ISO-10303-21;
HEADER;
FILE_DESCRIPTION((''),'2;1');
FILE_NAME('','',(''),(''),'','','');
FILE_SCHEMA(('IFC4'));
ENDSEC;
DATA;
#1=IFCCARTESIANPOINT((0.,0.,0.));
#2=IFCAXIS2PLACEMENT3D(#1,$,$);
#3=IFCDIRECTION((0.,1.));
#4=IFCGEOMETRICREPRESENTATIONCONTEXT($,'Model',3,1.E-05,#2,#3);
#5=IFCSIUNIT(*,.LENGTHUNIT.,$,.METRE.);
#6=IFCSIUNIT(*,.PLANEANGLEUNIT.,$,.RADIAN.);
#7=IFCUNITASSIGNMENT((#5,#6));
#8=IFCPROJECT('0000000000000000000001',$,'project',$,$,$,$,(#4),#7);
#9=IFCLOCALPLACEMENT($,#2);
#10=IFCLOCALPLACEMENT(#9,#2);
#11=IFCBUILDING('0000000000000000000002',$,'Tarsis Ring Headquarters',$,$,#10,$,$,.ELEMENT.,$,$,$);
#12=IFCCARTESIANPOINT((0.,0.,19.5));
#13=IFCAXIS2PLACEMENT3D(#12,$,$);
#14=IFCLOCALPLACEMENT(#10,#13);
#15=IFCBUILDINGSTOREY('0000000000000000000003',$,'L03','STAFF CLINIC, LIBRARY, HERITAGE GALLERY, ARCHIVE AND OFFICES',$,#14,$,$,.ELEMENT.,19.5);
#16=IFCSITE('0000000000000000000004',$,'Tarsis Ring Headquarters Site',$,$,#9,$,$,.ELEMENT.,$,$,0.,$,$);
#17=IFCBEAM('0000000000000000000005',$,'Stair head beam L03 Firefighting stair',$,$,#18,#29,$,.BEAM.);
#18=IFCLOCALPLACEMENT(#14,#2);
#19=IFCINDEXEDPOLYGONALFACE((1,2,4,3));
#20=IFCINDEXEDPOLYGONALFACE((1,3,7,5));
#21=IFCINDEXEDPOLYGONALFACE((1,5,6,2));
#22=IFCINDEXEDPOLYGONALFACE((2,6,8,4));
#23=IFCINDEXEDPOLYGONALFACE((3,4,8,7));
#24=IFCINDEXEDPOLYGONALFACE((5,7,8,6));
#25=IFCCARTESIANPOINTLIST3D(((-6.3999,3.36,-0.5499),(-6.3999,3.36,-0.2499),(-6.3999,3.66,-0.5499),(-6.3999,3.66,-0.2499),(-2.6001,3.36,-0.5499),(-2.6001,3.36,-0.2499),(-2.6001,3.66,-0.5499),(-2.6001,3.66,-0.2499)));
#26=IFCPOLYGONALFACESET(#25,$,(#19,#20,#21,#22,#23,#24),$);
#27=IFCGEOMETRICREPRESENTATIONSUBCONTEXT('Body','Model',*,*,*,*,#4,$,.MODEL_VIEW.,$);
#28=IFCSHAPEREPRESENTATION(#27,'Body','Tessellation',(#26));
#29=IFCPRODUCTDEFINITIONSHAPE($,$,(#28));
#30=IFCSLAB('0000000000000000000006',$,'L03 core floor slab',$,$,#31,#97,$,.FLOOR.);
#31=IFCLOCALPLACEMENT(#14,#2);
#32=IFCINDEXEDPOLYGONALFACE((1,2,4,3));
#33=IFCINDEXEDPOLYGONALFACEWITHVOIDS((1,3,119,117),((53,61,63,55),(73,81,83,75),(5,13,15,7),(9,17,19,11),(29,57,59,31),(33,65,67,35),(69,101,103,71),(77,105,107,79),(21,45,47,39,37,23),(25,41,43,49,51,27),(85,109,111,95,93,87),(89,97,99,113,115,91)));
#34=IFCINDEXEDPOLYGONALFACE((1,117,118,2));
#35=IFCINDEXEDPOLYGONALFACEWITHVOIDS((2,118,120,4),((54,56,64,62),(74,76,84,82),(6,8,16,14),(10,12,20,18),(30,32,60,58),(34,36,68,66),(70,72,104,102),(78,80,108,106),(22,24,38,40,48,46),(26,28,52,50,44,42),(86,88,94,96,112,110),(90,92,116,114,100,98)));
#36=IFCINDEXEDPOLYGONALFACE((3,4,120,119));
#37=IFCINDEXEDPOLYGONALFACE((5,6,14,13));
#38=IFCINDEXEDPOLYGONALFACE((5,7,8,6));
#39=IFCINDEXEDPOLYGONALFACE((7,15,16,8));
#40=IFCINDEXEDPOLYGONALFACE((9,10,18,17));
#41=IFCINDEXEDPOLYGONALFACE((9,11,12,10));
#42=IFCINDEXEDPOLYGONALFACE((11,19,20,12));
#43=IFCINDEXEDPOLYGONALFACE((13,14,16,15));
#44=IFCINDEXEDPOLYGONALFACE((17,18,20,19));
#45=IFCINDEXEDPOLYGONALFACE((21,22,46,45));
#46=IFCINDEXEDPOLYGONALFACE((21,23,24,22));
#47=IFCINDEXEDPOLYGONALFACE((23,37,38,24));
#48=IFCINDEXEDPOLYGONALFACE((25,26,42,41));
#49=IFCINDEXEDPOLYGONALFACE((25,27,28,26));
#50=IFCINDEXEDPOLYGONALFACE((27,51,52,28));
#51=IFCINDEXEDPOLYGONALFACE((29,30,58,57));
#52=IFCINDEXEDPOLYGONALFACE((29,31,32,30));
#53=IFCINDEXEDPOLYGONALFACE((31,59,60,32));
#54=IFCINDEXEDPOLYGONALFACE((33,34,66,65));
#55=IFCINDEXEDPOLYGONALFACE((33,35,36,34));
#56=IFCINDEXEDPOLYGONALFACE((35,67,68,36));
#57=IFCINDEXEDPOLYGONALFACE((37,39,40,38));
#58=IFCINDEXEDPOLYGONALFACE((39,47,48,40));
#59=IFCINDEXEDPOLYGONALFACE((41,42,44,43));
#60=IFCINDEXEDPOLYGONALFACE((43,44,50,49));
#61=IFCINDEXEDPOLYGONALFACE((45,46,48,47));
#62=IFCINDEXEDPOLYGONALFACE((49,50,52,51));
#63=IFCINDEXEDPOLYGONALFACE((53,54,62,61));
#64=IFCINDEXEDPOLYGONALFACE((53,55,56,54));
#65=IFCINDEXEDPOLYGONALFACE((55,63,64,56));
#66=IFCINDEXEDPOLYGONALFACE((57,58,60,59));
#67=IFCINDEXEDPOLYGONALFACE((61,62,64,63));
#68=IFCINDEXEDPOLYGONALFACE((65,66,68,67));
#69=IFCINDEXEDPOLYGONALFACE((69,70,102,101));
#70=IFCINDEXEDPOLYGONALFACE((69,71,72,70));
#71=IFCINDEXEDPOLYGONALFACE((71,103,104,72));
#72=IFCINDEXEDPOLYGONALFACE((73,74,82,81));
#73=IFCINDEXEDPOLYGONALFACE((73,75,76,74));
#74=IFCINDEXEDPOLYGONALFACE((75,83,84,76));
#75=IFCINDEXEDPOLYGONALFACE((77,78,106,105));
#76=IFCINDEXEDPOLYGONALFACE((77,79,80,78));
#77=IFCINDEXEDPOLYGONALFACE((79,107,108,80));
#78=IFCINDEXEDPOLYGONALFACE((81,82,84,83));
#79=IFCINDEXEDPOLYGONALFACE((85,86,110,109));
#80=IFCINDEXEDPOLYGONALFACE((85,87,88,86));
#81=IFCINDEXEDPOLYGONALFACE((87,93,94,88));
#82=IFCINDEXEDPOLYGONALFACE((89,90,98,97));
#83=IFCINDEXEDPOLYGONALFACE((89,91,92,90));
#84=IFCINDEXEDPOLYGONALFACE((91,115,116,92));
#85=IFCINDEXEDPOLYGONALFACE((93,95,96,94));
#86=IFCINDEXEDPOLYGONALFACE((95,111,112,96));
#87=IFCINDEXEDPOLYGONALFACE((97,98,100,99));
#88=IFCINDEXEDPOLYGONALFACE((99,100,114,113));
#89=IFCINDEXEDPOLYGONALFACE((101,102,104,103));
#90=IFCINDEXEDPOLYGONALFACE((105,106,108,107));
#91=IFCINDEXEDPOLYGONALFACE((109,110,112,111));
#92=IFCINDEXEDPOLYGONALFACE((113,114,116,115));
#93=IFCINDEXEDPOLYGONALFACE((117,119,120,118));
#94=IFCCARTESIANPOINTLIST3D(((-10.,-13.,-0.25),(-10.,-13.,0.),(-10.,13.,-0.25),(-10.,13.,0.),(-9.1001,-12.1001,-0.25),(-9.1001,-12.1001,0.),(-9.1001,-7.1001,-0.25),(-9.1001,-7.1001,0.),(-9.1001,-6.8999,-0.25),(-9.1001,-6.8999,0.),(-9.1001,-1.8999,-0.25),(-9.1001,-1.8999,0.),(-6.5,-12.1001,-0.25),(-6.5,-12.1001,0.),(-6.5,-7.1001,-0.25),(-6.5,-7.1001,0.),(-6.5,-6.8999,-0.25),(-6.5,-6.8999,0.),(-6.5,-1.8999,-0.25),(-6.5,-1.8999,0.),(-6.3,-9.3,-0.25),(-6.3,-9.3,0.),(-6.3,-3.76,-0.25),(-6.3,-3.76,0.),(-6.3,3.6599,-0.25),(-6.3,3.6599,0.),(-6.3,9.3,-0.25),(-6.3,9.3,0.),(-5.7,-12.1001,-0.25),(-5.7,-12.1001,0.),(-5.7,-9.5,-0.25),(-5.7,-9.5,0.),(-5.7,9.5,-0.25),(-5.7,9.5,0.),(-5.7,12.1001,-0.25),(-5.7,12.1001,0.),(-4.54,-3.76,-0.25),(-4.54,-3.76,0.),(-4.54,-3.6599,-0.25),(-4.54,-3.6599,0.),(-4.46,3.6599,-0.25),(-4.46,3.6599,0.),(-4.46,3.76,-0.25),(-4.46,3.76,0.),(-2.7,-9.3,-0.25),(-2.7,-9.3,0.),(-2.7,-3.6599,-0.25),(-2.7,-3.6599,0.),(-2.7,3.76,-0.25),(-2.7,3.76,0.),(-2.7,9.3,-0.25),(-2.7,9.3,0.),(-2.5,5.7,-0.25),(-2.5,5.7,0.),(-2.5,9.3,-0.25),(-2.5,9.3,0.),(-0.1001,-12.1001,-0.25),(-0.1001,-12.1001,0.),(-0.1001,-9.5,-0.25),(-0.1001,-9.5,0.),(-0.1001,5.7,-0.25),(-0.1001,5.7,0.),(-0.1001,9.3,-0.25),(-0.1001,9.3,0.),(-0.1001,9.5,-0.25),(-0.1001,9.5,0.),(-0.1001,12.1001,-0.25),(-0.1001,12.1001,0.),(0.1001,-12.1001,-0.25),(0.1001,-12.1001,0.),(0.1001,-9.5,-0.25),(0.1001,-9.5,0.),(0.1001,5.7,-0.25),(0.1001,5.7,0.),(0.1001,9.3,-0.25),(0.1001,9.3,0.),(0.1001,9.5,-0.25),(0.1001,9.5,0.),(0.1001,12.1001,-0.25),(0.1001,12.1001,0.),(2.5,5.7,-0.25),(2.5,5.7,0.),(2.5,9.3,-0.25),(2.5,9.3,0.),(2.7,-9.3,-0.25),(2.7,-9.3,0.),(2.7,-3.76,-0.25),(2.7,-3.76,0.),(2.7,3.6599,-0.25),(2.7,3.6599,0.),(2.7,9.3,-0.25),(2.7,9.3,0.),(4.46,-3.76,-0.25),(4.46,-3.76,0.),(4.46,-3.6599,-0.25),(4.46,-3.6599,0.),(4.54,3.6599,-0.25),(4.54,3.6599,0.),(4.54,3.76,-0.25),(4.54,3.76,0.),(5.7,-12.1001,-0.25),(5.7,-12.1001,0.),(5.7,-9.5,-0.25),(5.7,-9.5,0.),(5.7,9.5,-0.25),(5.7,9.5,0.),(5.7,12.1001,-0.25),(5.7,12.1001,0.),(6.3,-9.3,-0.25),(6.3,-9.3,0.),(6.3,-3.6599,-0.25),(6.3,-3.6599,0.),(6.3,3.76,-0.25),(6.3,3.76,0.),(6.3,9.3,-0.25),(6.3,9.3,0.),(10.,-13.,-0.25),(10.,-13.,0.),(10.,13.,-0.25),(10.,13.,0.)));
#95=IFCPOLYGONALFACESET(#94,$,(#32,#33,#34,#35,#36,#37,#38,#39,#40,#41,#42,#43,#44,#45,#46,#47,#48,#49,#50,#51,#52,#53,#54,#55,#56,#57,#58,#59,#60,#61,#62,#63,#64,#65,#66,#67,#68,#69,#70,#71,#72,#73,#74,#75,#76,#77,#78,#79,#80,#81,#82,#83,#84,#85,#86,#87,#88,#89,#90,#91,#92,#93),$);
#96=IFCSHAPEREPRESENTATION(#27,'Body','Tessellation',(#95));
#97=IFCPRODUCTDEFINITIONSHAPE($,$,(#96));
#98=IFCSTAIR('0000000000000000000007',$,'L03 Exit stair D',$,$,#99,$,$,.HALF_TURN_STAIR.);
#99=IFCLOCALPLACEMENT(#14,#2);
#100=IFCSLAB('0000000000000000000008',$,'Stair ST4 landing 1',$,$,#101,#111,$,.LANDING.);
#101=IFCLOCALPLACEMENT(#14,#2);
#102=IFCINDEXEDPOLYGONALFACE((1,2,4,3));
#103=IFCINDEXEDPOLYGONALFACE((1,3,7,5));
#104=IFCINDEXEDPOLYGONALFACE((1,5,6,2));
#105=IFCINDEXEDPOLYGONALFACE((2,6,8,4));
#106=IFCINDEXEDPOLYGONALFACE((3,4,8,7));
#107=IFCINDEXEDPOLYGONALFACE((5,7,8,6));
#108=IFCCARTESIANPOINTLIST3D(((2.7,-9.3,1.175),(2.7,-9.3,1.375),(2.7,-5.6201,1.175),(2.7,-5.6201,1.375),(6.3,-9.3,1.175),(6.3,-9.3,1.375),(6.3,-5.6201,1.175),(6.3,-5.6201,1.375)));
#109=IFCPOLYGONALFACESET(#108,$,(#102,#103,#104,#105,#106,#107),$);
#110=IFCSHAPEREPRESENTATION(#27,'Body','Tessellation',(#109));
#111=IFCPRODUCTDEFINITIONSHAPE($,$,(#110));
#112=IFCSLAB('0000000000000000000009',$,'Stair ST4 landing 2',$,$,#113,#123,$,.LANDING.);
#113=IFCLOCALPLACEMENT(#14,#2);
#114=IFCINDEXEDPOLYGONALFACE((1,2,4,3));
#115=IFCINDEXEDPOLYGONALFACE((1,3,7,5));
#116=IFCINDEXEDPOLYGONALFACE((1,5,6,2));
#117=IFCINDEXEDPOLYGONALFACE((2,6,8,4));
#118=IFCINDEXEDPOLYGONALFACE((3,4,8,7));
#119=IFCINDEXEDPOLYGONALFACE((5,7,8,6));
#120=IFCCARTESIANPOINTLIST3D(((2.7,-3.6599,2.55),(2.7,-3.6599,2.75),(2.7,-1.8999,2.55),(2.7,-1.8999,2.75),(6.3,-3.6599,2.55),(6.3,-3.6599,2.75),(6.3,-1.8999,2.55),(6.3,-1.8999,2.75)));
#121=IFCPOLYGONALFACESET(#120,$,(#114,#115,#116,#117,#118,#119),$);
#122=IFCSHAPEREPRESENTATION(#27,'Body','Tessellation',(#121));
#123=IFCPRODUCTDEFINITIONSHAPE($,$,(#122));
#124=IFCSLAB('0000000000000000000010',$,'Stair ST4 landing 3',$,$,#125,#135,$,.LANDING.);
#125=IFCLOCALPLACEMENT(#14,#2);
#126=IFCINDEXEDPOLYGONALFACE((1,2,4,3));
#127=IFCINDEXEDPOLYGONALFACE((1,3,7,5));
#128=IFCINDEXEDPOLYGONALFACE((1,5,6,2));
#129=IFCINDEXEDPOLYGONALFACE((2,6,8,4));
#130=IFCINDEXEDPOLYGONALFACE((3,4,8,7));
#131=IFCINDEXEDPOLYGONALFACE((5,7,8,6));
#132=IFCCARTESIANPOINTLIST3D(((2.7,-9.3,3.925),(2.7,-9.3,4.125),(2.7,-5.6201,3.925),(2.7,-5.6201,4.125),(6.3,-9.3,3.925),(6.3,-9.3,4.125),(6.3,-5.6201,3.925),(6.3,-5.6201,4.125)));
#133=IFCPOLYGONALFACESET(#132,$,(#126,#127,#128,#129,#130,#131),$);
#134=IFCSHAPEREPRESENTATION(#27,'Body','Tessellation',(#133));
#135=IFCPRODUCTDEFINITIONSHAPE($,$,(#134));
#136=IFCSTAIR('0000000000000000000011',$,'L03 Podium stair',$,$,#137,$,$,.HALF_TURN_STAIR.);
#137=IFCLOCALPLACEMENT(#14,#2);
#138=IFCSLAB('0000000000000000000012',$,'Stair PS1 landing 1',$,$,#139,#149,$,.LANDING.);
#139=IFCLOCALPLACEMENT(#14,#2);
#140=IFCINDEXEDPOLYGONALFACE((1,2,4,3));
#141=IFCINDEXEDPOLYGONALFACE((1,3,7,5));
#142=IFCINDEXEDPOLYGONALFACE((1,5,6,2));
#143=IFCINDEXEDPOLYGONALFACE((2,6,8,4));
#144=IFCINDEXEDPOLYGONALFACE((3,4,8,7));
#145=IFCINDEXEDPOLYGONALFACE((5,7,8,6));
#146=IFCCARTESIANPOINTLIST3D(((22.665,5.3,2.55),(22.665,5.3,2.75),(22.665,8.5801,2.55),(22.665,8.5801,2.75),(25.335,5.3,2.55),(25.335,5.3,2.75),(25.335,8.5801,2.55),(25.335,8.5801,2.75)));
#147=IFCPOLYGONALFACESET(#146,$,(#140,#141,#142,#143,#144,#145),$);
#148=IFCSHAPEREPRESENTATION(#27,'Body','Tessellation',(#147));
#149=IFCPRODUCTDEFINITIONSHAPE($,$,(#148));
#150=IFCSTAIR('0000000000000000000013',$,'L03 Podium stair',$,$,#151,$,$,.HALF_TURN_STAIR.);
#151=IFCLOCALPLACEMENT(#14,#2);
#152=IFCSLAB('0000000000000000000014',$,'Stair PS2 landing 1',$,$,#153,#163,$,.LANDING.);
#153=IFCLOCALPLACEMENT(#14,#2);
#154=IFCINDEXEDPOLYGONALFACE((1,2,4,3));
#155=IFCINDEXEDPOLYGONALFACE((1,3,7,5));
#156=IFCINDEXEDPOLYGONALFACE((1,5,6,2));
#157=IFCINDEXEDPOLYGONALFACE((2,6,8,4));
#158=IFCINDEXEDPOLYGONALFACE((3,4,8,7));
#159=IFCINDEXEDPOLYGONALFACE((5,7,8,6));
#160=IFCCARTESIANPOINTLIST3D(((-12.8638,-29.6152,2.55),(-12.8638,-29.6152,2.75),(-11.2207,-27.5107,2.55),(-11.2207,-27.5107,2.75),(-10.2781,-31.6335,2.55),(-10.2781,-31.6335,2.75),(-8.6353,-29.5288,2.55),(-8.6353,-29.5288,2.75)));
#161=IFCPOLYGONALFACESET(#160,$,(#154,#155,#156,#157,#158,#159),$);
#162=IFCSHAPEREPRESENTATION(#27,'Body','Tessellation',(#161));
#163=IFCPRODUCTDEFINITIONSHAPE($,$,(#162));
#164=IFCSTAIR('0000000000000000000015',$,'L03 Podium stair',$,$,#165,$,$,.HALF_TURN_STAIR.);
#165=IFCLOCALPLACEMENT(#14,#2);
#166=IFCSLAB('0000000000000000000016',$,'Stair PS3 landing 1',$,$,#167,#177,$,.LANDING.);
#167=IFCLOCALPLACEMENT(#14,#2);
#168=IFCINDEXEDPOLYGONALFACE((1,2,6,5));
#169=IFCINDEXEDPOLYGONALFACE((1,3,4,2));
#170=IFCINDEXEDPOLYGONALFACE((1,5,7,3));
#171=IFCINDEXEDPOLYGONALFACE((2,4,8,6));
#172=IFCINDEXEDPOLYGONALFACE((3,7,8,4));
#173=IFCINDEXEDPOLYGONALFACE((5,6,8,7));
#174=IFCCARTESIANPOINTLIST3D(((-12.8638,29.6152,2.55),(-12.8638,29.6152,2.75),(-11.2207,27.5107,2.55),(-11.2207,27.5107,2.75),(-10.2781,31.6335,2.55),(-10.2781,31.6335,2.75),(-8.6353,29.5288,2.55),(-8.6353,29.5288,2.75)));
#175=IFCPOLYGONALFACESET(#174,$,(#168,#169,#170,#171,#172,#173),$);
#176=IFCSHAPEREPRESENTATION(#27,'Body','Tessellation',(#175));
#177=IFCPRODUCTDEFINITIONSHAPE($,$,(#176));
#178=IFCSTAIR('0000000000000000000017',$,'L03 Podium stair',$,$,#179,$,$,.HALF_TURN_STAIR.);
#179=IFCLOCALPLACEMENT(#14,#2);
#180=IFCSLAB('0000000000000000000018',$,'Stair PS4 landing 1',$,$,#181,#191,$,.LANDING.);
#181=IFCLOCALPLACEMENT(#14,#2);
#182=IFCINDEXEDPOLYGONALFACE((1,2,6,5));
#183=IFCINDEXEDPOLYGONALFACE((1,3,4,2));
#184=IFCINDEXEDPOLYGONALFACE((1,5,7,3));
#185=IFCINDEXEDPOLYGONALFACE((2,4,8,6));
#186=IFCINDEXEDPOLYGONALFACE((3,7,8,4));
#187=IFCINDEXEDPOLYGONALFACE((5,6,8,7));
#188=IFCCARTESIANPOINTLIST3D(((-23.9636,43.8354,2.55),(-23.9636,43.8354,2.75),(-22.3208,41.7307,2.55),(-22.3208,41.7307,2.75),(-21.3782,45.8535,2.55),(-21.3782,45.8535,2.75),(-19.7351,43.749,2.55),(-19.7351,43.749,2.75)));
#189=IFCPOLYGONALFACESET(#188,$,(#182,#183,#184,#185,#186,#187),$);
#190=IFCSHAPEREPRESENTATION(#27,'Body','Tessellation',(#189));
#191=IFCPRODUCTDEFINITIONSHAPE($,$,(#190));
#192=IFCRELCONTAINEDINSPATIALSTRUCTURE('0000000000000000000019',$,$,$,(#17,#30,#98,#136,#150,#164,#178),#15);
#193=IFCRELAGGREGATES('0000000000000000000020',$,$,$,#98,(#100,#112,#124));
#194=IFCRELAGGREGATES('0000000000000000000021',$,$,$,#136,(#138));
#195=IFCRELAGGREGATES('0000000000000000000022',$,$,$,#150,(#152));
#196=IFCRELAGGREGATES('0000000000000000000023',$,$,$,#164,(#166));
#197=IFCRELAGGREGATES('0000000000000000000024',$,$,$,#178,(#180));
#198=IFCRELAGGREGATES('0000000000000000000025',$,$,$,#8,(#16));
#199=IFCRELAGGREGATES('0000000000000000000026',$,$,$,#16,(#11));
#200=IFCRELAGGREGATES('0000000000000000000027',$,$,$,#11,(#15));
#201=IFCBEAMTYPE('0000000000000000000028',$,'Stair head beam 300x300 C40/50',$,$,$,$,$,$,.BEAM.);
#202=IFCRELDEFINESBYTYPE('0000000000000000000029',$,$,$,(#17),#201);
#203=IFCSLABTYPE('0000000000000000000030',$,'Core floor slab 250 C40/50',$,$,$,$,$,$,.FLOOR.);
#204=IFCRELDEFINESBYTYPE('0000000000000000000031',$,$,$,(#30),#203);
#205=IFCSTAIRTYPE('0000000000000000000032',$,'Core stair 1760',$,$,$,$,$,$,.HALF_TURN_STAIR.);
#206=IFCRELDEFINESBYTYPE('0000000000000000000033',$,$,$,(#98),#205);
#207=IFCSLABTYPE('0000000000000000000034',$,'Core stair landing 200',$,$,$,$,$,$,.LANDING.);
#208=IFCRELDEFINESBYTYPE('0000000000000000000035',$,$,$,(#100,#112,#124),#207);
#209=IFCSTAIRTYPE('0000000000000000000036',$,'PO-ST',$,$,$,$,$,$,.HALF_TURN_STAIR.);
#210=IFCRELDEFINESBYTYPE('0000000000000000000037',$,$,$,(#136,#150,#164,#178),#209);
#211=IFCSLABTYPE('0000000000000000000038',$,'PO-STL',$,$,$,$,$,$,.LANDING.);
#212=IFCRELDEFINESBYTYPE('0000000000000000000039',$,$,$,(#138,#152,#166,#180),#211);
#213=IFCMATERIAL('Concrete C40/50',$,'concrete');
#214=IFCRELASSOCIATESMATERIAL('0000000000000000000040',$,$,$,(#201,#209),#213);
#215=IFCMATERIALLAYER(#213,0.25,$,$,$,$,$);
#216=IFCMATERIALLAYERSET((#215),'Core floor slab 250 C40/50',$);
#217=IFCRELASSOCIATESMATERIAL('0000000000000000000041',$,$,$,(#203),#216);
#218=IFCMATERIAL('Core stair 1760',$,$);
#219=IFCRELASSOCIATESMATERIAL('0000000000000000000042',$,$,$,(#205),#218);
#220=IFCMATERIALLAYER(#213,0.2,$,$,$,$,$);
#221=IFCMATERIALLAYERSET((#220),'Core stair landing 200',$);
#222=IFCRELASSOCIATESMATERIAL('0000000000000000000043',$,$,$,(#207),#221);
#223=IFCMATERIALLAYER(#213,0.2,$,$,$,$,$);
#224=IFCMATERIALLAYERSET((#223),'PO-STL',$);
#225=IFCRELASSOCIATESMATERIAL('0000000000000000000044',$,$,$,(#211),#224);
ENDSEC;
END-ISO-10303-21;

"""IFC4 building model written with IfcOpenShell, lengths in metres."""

from ifc_helpers import new_model, si_unit, direction, frame, origin, origin_2d, place, context, subcontext, project, spatial, polyline, rectangle, outline, extrude, material, layer, layer_set, material_profile, profile_set, type_object, element, aggregate, save


model = new_model("IFC4")

# Units and contexts
model_context = context("Model", 3, precision=1e-05, world=origin(), true_north=direction((0.0, 1.0)))
body_context = subcontext(model_context, "Body", "Model", "MODEL_VIEW")
ifc_project = project(units=[si_unit("LENGTHUNIT", "METRE"), si_unit("PLANEANGLEUNIT", "RADIAN")], contexts=[model_context])

# Site, building, storey
site_placement = place(None, origin())
site = spatial("IfcSite", under=ifc_project, at=site_placement, Name="Tarsis Ring Headquarters Site", CompositionType="ELEMENT", RefElevation=0.0)
building_placement = place(site_placement, origin())
building = spatial("IfcBuilding", under=site, at=building_placement, Name="Tarsis Ring Headquarters", CompositionType="ELEMENT")
storey_placement = place(building_placement, frame((0.0, 0.0, 19.5)))
storey = spatial("IfcBuildingStorey", under=building, at=storey_placement, Name="L03", Description="STAFF CLINIC, LIBRARY, HERITAGE GALLERY, ARCHIVE AND OFFICES", CompositionType="ELEMENT", Elevation=19.5)

# Beam
ifc_material_1 = material(Name="Concrete C40/50", Category="concrete")
ifc_material_profile = material_profile(ifc_material_1, rectangle(XDim=0.3, YDim=0.3, at=origin_2d()), Name="Stair head beam 300x300 C40/50")
ifc_profile_set = profile_set([ifc_material_profile], Name="Concrete C40/50")
beam_type = type_object("IfcBeamType", Name="Stair head beam 300x300 C40/50", PredefinedType="BEAM", material=ifc_profile_set)
beam_placement = place(storey_placement, frame((-6.3999, 3.51, -0.3999), z_axis=(1.0, 0.0, 0.0), x_axis=(0.0, 1.0, 0.0)))
element("IfcBeam", 1, at=beam_placement, inside=storey, type_object=beam_type, Name="Stair head beam L03 Firefighting stair", PredefinedType="BEAM", context=body_context, shape_type="SweptSolid", body=[
    extrude(rectangle(XDim=0.3, YDim=0.3, at=origin_2d()), origin(), (0.0, 0.0, 1.0), 3.7998),
])

# Slab
ifc_layer_1 = layer(ifc_material_1, 0.25)
ifc_layer_set_1 = layer_set([ifc_layer_1], Name="Core floor slab 250 C40/50")
slab_type_1 = type_object("IfcSlabType", Name="Core floor slab 250 C40/50", PredefinedType="FLOOR", material=ifc_layer_set_1)
slab_1_placement = place(storey_placement, frame((0.0, 0.0, -0.25)))
element("IfcSlab", 2, at=slab_1_placement, inside=storey, type_object=slab_type_1, Name="L03 core floor slab", PredefinedType="FLOOR", context=body_context, shape_type="SweptSolid", body=[
    extrude(outline(polyline([(-10.0, -13.0), (10.0, -13.0), (10.0, 13.0), (-10.0, 13.0), (-10.0, -13.0)]), holes=[polyline([(-2.5, 5.7), (-0.1001, 5.7), (-0.1001, 9.3), (-2.5, 9.3), (-2.5, 5.7)]), polyline([(0.1001, 5.7), (2.5, 5.7), (2.5, 9.3), (0.1001, 9.3), (0.1001, 5.7)]), polyline([(-9.1001, -12.1001), (-6.5, -12.1001), (-6.5, -7.1001), (-9.1001, -7.1001), (-9.1001, -12.1001)]), polyline([(-9.1001, -6.8999), (-6.5, -6.8999), (-6.5, -1.8999), (-9.1001, -1.8999), (-9.1001, -6.8999)]), polyline([(-5.7, 9.5), (-0.1001, 9.5), (-0.1001, 12.1001), (-5.7, 12.1001), (-5.7, 9.5)]), polyline([(0.1001, 9.5), (5.7, 9.5), (5.7, 12.1001), (0.1001, 12.1001), (0.1001, 9.5)]), polyline([(-5.7, -12.1001), (-0.1001, -12.1001), (-0.1001, -9.5), (-5.7, -9.5), (-5.7, -12.1001)]), polyline([(0.1001, -12.1001), (5.7, -12.1001), (5.7, -9.5), (0.1001, -9.5), (0.1001, -12.1001)]), polyline([(-2.7, 3.76), (-2.7, 9.3), (-6.3, 9.3), (-6.3, 3.6599), (-4.46, 3.6599), (-4.46, 3.76), (-2.7, 3.76)]), polyline([(6.3, 3.76), (6.3, 9.3), (2.7, 9.3), (2.7, 3.6599), (4.54, 3.6599), (4.54, 3.76), (6.3, 3.76)]), polyline([(-6.3, -3.76), (-6.3, -9.3), (-2.7, -9.3), (-2.7, -3.6599), (-4.54, -3.6599), (-4.54, -3.76), (-6.3, -3.76)]), polyline([(2.7, -3.76), (2.7, -9.3), (6.3, -9.3), (6.3, -3.6599), (4.46, -3.6599), (4.46, -3.76), (2.7, -3.76)])]), origin(), (0.0, 0.0, 1.0), 0.25),
])

# Stair, slabs
ifc_material_2 = material(Name="Core stair 1760")
stair_type_1 = type_object("IfcStairType", Name="Core stair 1760", PredefinedType="HALF_TURN_STAIR", material=ifc_material_2)
stair_1_placement = place(storey_placement, origin())
stair_1 = element("IfcStair", 3, at=stair_1_placement, inside=storey, type_object=stair_type_1, Name="L03 Exit stair D", PredefinedType="HALF_TURN_STAIR")
ifc_layer_2 = layer(ifc_material_1, 0.2)
ifc_layer_set_2 = layer_set([ifc_layer_2], Name="Core stair landing 200")
slab_type_2 = type_object("IfcSlabType", Name="Core stair landing 200", PredefinedType="LANDING", material=ifc_layer_set_2)
slab_2_placement = place(storey_placement, frame((0.0, 0.0, 1.175)))
slab_2 = element("IfcSlab", 4, at=slab_2_placement, type_object=slab_type_2, Name="Stair ST4 landing 1", PredefinedType="LANDING", context=body_context, shape_type="SweptSolid", body=[
    extrude(outline(polyline([(2.7, -5.6201), (2.7, -9.3), (6.3, -9.3), (6.3, -5.6201), (2.7, -5.6201)])), origin(), (0.0, 0.0, 1.0), 0.2),
])
slab_3_placement = place(storey_placement, frame((0.0, 0.0, 2.55)))
slab_3 = element("IfcSlab", 5, at=slab_3_placement, type_object=slab_type_2, Name="Stair ST4 landing 2", PredefinedType="LANDING", context=body_context, shape_type="SweptSolid", body=[
    extrude(outline(polyline([(2.7, -1.8999), (2.7, -3.6599), (6.3, -3.6599), (6.3, -1.8999), (2.7, -1.8999)])), origin(), (0.0, 0.0, 1.0), 0.2),
])
slab_4_placement = place(storey_placement, frame((0.0, 0.0, 3.925)))
slab_4 = element("IfcSlab", 6, at=slab_4_placement, type_object=slab_type_2, Name="Stair ST4 landing 3", PredefinedType="LANDING", context=body_context, shape_type="SweptSolid", body=[
    extrude(outline(polyline([(2.7, -5.6201), (2.7, -9.3), (6.3, -9.3), (6.3, -5.6201), (2.7, -5.6201)])), origin(), (0.0, 0.0, 1.0), 0.2),
])
aggregate(stair_1, [slab_2, slab_3, slab_4])

# Stairs, slabs
stair_type_2 = type_object("IfcStairType", Name="PO-ST", PredefinedType="HALF_TURN_STAIR", material=ifc_material_1)
stair_2_placement = place(storey_placement, origin())
stair_2 = element("IfcStair", 7, at=stair_2_placement, inside=storey, type_object=stair_type_2, Name="L03 Podium stair", PredefinedType="HALF_TURN_STAIR")
ifc_layer_3 = layer(ifc_material_1, 0.2)
ifc_layer_set_3 = layer_set([ifc_layer_3], Name="PO-STL")
slab_type_3 = type_object("IfcSlabType", Name="PO-STL", PredefinedType="LANDING", material=ifc_layer_set_3)
slab_5_placement = place(storey_placement, frame((0.0, 0.0, 2.55)))
slab_5 = element("IfcSlab", 8, at=slab_5_placement, type_object=slab_type_3, Name="Stair PS1 landing 1", PredefinedType="LANDING", context=body_context, shape_type="SweptSolid", body=[
    extrude(outline(polyline([(25.335, 5.3), (25.335, 8.5801), (22.665, 8.5801), (22.665, 5.3), (25.335, 5.3)])), origin(), (0.0, 0.0, 1.0), 0.2),
])
aggregate(stair_2, [slab_5])
stair_3_placement = place(storey_placement, origin())
stair_3 = element("IfcStair", 9, at=stair_3_placement, inside=storey, type_object=stair_type_2, Name="L03 Podium stair", PredefinedType="HALF_TURN_STAIR")
slab_6_placement = place(storey_placement, frame((0.0, 0.0, 2.55)))
slab_6 = element("IfcSlab", 10, at=slab_6_placement, type_object=slab_type_3, Name="Stair PS2 landing 1", PredefinedType="LANDING", context=body_context, shape_type="SweptSolid", body=[
    extrude(outline(polyline([(-8.6353, -29.5288), (-11.2207, -27.5107), (-12.8638, -29.6152), (-10.2781, -31.6335), (-8.6353, -29.5288)])), origin(), (0.0, 0.0, 1.0), 0.2),
])
aggregate(stair_3, [slab_6])
stair_4_placement = place(storey_placement, origin())
stair_4 = element("IfcStair", 11, at=stair_4_placement, inside=storey, type_object=stair_type_2, Name="L03 Podium stair", PredefinedType="HALF_TURN_STAIR")
slab_7_placement = place(storey_placement, frame((0.0, 0.0, 2.55)))
slab_7 = element("IfcSlab", 12, at=slab_7_placement, type_object=slab_type_3, Name="Stair PS3 landing 1", PredefinedType="LANDING", context=body_context, shape_type="SweptSolid", body=[
    extrude(outline(polyline([(-10.2781, 31.6335), (-12.8638, 29.6152), (-11.2207, 27.5107), (-8.6353, 29.5288), (-10.2781, 31.6335)])), origin(), (0.0, 0.0, 1.0), 0.2),
])
aggregate(stair_4, [slab_7])
stair_5_placement = place(storey_placement, origin())
stair_5 = element("IfcStair", 13, at=stair_5_placement, inside=storey, type_object=stair_type_2, Name="L03 Podium stair", PredefinedType="HALF_TURN_STAIR")
slab_8_placement = place(storey_placement, frame((0.0, 0.0, 2.55)))
slab_8 = element("IfcSlab", 14, at=slab_8_placement, type_object=slab_type_3, Name="Stair PS4 landing 1", PredefinedType="LANDING", context=body_context, shape_type="SweptSolid", body=[
    extrude(outline(polyline([(-21.3782, 45.8535), (-23.9636, 43.8354), (-22.3208, 41.7307), (-19.7351, 43.749), (-21.3782, 45.8535)])), origin(), (0.0, 0.0, 1.0), 0.2),
])
aggregate(stair_5, [slab_8])

save(model, "model.ifc")
